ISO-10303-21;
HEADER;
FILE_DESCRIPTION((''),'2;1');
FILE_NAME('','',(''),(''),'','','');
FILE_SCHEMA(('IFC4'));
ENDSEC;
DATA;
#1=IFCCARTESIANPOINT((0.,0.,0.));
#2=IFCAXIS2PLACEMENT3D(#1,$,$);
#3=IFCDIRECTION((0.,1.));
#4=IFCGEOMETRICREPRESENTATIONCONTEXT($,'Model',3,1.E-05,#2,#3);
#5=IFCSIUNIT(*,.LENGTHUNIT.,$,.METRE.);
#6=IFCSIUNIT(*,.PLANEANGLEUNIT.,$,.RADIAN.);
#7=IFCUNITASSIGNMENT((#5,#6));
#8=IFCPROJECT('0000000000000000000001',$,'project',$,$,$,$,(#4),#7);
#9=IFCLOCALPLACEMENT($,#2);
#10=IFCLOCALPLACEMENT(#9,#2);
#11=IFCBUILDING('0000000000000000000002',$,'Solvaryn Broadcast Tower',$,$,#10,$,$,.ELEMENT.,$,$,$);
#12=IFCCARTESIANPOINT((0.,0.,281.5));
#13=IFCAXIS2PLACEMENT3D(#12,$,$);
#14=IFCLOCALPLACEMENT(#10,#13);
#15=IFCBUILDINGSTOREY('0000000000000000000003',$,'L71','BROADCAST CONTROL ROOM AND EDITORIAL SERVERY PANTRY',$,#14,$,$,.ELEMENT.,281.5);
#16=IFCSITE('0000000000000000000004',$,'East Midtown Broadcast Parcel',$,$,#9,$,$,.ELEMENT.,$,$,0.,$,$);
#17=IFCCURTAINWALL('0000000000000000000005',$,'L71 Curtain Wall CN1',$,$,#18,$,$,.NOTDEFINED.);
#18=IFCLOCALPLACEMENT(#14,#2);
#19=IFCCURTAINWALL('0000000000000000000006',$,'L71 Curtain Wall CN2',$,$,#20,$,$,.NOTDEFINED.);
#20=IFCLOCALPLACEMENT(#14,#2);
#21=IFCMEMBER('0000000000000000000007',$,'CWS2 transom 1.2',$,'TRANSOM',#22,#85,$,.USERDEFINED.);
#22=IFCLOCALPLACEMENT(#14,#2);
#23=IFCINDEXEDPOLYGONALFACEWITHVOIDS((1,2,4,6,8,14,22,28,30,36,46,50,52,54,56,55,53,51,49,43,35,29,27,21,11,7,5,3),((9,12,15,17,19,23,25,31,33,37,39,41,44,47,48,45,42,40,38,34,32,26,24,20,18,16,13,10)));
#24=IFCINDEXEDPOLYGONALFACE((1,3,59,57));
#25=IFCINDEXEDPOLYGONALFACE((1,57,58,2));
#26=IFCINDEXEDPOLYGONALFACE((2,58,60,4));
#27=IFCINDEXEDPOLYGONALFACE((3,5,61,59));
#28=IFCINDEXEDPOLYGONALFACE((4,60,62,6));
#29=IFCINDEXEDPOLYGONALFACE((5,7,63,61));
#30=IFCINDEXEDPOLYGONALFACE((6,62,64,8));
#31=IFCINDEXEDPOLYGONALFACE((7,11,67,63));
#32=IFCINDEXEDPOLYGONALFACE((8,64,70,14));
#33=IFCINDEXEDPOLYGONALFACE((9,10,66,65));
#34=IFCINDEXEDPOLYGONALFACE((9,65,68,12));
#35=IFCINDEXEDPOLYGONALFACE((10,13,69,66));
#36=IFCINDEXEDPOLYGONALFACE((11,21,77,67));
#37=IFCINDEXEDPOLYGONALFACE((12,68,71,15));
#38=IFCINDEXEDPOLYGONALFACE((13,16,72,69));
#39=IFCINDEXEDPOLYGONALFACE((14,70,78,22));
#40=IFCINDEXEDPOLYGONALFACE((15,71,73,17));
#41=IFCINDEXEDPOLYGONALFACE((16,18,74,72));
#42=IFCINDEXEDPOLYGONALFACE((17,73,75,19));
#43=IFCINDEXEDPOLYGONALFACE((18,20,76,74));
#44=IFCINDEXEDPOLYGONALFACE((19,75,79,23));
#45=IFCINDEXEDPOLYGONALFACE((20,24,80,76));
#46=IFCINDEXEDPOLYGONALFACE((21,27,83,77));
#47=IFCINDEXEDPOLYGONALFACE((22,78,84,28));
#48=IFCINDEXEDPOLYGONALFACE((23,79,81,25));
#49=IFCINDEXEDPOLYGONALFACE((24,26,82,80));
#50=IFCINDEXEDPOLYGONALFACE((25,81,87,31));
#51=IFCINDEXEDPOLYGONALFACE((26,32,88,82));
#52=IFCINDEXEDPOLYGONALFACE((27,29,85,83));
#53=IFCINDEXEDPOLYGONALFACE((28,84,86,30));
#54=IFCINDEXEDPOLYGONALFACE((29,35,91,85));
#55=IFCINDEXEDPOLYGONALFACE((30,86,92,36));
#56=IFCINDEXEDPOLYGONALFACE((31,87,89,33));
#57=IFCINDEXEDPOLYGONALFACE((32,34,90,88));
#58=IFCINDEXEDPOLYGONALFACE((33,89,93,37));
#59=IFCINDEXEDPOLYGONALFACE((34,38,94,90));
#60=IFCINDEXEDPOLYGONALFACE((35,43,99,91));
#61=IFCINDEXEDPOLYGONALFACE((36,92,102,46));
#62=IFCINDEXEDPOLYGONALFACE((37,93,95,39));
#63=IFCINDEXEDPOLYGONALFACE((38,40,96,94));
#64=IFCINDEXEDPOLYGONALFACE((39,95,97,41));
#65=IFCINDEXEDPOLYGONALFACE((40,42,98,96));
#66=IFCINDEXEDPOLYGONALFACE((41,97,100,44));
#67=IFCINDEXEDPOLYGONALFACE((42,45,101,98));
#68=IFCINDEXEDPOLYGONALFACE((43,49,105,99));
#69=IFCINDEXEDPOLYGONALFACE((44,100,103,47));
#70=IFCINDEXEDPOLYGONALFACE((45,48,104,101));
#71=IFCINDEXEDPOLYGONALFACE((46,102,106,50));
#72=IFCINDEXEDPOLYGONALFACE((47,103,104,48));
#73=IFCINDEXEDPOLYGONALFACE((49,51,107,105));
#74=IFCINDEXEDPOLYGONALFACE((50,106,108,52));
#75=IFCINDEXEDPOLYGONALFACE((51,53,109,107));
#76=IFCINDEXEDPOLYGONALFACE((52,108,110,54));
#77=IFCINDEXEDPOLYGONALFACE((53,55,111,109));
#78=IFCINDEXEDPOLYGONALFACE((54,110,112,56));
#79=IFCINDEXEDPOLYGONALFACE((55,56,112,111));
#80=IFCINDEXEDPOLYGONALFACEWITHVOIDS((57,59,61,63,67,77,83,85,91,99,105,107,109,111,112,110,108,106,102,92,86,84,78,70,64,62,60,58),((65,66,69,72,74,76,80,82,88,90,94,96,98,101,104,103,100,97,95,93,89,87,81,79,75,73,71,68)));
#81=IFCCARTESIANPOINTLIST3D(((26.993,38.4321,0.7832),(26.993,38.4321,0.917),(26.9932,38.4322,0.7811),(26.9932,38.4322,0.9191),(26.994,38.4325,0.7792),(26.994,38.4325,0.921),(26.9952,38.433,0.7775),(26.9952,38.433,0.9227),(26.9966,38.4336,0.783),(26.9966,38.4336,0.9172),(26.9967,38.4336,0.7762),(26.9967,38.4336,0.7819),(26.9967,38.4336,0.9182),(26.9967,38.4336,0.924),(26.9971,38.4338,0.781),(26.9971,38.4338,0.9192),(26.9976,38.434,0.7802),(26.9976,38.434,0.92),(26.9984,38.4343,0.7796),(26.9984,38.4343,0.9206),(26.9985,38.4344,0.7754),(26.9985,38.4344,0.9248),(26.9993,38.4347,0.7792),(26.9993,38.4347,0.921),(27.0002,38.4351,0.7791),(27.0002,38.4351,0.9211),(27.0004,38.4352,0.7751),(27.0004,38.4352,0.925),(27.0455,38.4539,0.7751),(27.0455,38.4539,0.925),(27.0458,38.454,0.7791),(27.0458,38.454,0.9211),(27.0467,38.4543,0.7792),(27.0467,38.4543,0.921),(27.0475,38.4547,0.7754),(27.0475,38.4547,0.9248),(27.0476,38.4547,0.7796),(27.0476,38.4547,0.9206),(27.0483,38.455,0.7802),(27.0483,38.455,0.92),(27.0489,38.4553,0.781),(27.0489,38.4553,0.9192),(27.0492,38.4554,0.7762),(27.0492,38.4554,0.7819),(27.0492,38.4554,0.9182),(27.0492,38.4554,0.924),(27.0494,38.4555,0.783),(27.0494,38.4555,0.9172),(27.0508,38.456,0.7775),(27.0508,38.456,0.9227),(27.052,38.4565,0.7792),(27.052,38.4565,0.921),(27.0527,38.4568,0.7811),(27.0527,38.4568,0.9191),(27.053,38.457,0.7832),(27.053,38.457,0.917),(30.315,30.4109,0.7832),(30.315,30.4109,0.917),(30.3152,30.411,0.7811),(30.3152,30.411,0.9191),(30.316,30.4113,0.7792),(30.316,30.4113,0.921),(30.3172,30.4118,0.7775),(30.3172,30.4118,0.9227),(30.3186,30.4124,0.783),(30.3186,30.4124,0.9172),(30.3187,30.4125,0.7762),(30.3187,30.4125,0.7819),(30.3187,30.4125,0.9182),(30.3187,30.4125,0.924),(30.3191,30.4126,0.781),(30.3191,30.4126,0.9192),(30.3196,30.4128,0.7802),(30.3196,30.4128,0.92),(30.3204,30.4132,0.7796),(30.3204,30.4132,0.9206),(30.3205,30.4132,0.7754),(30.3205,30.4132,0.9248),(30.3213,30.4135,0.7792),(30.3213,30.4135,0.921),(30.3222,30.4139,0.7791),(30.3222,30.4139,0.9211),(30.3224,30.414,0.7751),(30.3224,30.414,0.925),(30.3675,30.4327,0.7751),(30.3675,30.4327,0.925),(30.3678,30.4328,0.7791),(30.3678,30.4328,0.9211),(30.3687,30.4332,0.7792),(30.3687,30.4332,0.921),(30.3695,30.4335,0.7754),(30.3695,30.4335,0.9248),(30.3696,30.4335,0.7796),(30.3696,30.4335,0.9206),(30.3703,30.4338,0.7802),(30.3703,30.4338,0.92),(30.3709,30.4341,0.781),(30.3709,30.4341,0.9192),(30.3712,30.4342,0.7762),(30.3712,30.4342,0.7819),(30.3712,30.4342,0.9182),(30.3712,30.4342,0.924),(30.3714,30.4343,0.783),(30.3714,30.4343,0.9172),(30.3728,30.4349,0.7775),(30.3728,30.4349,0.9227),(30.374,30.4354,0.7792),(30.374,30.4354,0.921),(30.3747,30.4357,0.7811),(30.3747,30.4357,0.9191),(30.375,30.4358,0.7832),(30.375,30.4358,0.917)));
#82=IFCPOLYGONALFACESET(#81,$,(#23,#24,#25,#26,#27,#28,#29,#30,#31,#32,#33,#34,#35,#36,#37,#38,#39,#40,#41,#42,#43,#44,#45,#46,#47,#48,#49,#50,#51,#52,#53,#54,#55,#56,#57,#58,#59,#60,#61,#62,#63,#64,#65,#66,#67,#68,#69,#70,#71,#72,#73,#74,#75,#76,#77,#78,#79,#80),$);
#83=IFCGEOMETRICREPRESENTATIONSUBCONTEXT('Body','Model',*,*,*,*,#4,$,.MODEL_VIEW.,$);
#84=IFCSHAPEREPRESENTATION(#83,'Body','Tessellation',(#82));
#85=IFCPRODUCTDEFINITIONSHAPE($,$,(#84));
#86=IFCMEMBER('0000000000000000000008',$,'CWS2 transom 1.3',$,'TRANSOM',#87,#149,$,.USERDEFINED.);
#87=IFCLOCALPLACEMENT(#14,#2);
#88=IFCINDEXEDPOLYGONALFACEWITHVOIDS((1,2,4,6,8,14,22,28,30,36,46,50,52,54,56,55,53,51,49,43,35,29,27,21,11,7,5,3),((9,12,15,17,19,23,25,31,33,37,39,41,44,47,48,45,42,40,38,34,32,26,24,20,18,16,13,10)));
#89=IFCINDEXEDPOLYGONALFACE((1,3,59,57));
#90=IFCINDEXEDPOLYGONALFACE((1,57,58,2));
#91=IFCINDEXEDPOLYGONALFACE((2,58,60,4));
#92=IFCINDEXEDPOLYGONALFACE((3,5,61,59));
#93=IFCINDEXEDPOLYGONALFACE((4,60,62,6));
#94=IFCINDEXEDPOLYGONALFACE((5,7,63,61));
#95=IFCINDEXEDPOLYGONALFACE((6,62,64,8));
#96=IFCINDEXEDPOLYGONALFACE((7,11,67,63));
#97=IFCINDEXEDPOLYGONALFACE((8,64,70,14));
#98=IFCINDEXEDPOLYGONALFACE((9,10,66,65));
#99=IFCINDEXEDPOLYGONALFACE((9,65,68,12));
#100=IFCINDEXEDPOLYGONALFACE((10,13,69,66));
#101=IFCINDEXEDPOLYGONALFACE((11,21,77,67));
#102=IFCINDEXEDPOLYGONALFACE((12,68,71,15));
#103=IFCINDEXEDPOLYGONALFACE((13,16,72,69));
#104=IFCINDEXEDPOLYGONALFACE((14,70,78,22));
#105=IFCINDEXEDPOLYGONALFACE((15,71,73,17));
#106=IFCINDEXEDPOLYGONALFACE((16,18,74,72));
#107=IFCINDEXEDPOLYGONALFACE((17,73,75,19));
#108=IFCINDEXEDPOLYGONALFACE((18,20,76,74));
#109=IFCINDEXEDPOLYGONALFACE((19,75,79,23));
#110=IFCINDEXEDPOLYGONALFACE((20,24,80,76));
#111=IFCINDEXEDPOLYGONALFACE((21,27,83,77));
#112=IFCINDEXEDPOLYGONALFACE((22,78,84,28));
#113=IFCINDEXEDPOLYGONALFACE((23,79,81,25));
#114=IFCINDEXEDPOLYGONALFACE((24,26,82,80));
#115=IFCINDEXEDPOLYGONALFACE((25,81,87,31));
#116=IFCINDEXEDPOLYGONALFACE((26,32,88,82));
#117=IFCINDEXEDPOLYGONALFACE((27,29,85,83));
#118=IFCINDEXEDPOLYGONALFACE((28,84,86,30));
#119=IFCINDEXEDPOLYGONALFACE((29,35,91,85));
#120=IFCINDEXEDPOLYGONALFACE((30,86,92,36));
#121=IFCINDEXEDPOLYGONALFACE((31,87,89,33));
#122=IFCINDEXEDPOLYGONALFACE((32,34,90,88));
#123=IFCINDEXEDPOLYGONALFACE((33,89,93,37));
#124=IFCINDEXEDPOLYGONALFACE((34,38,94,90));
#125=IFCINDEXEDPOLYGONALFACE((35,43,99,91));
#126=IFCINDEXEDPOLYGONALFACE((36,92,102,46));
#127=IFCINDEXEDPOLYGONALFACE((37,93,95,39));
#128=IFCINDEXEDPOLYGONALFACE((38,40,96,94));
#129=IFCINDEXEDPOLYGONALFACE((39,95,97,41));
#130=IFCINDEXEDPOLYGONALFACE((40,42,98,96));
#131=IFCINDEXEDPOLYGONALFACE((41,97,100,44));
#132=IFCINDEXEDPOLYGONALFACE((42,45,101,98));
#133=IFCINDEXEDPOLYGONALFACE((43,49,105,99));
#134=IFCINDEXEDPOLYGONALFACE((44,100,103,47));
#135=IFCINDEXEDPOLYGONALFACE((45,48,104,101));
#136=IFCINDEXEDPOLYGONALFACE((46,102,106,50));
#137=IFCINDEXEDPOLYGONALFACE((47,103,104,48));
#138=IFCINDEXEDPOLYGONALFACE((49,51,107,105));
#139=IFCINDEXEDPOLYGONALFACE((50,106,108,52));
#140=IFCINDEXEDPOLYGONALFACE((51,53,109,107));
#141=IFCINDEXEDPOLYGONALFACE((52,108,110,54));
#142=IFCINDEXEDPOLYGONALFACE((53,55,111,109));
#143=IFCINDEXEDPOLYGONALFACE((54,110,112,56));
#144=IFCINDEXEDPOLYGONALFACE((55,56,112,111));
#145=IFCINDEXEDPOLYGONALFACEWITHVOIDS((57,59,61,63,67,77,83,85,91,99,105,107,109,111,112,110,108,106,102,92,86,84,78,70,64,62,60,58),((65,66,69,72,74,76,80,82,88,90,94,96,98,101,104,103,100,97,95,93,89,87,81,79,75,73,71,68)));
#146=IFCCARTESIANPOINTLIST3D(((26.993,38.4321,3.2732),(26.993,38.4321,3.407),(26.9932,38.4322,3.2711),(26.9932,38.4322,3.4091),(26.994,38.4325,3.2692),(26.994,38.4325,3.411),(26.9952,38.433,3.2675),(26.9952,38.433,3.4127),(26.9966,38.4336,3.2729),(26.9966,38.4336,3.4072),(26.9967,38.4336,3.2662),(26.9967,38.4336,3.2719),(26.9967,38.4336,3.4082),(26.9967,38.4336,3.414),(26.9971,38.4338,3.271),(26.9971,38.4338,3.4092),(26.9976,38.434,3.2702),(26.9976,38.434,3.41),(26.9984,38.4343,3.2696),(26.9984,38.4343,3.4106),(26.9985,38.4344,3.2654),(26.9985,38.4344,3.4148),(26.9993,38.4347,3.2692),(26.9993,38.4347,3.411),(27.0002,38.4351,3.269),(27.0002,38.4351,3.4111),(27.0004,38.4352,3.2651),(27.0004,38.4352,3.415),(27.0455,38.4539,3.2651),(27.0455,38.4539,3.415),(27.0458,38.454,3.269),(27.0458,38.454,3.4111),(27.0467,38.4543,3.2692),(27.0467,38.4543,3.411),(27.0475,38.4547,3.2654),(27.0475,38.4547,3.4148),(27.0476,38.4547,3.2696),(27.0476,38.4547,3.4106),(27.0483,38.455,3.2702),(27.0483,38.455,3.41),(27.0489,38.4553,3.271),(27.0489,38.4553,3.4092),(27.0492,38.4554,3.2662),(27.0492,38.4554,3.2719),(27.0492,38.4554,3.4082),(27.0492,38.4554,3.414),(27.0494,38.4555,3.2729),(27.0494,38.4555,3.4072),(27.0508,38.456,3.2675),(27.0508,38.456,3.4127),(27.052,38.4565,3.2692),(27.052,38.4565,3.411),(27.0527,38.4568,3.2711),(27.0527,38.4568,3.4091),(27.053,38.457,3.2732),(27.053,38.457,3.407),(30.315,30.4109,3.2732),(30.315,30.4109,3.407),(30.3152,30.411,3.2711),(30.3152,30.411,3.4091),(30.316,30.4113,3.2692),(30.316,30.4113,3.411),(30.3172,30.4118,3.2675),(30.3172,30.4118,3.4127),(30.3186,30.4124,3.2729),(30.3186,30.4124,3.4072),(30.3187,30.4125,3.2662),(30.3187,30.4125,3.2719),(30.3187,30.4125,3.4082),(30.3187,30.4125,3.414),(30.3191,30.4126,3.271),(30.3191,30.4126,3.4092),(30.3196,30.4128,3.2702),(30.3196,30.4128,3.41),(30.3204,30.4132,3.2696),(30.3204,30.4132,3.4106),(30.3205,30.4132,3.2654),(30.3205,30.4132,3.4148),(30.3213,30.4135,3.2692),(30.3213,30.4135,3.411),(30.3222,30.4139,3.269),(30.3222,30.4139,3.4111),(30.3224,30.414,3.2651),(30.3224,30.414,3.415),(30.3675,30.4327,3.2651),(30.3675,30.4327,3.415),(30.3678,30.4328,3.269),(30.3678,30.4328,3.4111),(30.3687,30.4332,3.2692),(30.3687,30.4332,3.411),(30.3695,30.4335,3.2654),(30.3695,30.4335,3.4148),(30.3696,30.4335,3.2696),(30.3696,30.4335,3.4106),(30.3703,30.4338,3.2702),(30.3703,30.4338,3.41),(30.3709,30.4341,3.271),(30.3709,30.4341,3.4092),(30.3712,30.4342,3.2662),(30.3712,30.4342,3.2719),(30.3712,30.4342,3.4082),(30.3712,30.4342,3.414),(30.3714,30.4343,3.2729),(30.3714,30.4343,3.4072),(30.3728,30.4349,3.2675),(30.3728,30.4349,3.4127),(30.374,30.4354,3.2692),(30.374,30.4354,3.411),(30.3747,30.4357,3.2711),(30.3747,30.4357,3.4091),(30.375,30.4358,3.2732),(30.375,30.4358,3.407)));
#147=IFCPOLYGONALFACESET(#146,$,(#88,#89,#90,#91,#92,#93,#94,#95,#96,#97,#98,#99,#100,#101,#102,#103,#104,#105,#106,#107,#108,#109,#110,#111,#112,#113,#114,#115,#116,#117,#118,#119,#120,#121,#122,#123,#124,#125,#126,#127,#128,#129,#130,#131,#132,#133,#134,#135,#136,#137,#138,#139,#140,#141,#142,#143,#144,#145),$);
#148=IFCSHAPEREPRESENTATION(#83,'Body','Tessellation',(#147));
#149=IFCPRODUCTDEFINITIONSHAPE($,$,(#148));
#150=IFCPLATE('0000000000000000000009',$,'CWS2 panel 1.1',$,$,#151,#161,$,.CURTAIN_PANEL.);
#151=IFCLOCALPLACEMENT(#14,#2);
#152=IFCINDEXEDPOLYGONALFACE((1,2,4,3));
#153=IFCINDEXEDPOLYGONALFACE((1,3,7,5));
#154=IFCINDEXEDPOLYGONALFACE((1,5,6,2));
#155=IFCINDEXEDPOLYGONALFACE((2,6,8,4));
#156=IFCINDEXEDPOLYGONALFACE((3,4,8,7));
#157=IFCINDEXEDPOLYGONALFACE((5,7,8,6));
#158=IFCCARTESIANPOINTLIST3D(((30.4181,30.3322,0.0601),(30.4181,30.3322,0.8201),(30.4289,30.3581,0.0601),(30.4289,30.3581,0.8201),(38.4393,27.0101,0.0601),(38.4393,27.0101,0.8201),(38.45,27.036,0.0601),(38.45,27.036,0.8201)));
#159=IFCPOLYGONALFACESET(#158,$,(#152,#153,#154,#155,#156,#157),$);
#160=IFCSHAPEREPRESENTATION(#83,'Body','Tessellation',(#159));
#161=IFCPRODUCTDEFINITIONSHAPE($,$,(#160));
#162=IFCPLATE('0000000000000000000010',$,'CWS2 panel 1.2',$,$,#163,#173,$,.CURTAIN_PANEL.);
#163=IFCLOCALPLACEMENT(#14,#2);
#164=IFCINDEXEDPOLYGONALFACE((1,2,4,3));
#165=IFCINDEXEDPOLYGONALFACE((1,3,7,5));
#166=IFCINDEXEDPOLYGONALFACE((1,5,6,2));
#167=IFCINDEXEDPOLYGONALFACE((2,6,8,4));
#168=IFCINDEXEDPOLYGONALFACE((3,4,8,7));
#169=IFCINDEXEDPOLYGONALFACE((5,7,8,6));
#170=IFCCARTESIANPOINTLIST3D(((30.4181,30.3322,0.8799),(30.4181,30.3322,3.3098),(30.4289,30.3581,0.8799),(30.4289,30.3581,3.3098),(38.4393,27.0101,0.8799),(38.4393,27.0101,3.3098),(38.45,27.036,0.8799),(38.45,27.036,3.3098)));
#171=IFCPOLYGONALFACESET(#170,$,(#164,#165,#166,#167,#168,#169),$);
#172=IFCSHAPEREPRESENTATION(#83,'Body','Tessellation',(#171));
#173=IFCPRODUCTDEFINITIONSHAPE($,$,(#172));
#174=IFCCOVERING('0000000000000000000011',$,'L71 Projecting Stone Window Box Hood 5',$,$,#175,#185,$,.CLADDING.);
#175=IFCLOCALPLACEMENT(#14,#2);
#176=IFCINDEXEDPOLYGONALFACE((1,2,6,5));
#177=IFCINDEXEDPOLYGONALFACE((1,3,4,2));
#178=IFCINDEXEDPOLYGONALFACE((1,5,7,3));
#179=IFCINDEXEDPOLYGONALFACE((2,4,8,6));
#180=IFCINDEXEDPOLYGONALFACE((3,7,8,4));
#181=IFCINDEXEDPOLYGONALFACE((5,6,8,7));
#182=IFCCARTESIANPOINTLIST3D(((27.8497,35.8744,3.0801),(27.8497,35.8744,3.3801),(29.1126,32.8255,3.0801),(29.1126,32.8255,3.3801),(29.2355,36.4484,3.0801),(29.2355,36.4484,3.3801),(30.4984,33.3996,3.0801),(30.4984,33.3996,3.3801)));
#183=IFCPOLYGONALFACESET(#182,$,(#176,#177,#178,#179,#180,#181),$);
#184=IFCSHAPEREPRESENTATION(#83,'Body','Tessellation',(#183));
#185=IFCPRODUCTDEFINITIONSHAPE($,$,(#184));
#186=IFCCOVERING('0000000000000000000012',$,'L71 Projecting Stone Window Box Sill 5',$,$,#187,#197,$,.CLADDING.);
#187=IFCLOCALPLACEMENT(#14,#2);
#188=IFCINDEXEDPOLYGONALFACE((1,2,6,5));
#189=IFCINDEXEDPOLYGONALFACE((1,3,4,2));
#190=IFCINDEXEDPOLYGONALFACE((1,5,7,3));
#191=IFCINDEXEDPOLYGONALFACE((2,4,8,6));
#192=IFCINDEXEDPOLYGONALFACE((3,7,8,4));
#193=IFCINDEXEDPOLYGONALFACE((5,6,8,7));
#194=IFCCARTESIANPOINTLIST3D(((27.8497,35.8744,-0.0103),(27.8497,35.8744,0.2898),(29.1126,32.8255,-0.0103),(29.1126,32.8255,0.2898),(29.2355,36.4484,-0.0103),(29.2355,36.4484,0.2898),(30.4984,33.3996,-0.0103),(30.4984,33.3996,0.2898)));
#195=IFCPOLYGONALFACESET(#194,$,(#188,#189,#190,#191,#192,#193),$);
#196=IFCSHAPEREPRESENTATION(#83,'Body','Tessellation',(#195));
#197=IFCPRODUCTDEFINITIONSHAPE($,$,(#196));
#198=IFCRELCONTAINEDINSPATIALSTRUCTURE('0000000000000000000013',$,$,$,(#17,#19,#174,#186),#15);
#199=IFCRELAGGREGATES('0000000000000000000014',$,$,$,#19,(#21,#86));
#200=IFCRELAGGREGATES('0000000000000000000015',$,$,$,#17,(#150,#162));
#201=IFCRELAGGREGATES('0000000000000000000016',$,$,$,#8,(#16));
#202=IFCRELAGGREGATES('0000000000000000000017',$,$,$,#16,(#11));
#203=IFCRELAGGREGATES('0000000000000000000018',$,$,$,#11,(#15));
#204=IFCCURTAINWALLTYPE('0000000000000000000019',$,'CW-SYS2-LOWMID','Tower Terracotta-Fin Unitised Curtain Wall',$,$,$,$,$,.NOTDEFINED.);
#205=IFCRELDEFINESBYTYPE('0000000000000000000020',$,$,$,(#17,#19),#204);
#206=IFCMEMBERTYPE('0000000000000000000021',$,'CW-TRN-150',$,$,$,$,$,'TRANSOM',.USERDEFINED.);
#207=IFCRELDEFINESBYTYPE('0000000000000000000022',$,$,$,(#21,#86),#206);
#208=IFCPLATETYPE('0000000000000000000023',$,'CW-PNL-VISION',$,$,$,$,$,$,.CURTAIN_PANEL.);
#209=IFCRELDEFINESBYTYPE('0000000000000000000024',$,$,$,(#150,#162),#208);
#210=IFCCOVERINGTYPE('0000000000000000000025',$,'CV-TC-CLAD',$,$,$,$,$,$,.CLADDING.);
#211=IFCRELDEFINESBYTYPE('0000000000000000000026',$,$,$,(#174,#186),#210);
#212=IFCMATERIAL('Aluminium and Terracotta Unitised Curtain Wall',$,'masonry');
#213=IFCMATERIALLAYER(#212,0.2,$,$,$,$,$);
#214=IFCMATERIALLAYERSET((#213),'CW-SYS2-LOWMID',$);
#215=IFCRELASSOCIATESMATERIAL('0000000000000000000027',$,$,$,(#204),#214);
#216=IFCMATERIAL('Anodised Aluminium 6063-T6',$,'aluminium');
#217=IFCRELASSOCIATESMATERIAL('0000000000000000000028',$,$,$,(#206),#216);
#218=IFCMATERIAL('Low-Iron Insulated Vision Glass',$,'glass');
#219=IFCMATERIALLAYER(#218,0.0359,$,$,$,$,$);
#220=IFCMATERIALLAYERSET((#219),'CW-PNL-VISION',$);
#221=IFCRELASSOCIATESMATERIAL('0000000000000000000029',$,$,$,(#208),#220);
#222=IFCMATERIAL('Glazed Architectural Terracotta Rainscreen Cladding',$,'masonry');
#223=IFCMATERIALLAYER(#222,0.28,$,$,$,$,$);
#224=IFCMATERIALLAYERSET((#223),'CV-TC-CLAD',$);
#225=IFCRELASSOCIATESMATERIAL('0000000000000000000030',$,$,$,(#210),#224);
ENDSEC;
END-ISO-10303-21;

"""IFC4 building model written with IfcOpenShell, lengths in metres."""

from ifc_helpers import new_model, si_unit, direction, frame, origin, origin_2d, place, context, subcontext, project, spatial, rectangle, hollow_rectangle, extrude, material, layer, layer_set, material_profile, profile_set, type_object, element, aggregate, save


model = new_model("IFC4")

# Units and contexts
model_context = context("Model", 3, precision=1e-05, world=origin(), true_north=direction((0.0, 1.0)))
body_context = subcontext(model_context, "Body", "Model", "MODEL_VIEW")
ifc_project = project(units=[si_unit("LENGTHUNIT", "METRE"), si_unit("PLANEANGLEUNIT", "RADIAN")], contexts=[model_context])

# Site, building, storey
site_placement = place(None, origin())
site = spatial("IfcSite", under=ifc_project, at=site_placement, Name="East Midtown Broadcast Parcel", CompositionType="ELEMENT", RefElevation=0.0)
building_placement = place(site_placement, origin())
building = spatial("IfcBuilding", under=site, at=building_placement, Name="Solvaryn Broadcast Tower", CompositionType="ELEMENT")
storey_placement = place(building_placement, frame((0.0, 0.0, 281.5)))
storey = spatial("IfcBuildingStorey", under=building, at=storey_placement, Name="L71", Description="BROADCAST CONTROL ROOM AND EDITORIAL SERVERY PANTRY", CompositionType="ELEMENT", Elevation=281.5)

# Curtain wall
ifc_material_1 = material(Name="Aluminium and Terracotta Unitised Curtain Wall", Category="masonry")
ifc_layer_1 = layer(ifc_material_1, 0.2)
ifc_layer_set_1 = layer_set([ifc_layer_1], Name="CW-SYS2-LOWMID")
curtain_wall_type = type_object("IfcCurtainWallType", Name="CW-SYS2-LOWMID", Description="Tower Terracotta-Fin Unitised Curtain Wall", PredefinedType="NOTDEFINED", material=ifc_layer_set_1)
curtain_wall_1_placement = place(storey_placement, origin())
curtain_wall_1 = element("IfcCurtainWall", 1, at=curtain_wall_1_placement, inside=storey, type_object=curtain_wall_type, Name="L71 Curtain Wall CN1", PredefinedType="NOTDEFINED")

# Curtain wall
curtain_wall_2_placement = place(storey_placement, origin())
curtain_wall_2 = element("IfcCurtainWall", 2, at=curtain_wall_2_placement, inside=storey, type_object=curtain_wall_type, Name="L71 Curtain Wall CN2", PredefinedType="NOTDEFINED")

# Members
ifc_material_2 = material(Name="Anodised Aluminium 6063-T6", Category="aluminium")
ifc_material_profile_1 = material_profile(ifc_material_2, hollow_rectangle(XDim=0.0649, YDim=0.1499, WallThickness=0.0039, InnerFilletRadius=0.0039, OuterFilletRadius=0.0081, at=origin_2d()))
ifc_profile_set_1 = profile_set([ifc_material_profile_1], Name="Anodised Aluminium 6063-T6")
member_type_1 = type_object("IfcMemberType", Name="CW-TRN-150", ElementType="TRANSOM", PredefinedType="USERDEFINED", material=ifc_profile_set_1)
member_1_placement = place(storey_placement, frame((30.345, 30.4233, 0.8501), z_axis=(-0.382636, 0.923899, 0.0), x_axis=(-0.923899, -0.382636, 0.0)))
member_1 = element("IfcMember", 3, at=member_1_placement, type_object=member_type_1, Name="CWS2 transom 1.2", ObjectType="TRANSOM", PredefinedType="USERDEFINED", context=body_context, shape_type="SweptSolid", body=[
    extrude(hollow_rectangle(XDim=0.0649, YDim=0.1499, WallThickness=0.0039, InnerFilletRadius=0.0039, OuterFilletRadius=0.0081, at=origin_2d()), origin(), (0.0, 0.0, 1.0), 8.6819),
])
member_2_placement = place(storey_placement, frame((30.345, 30.4233, 3.3401), z_axis=(-0.382636, 0.923899, 0.0), x_axis=(-0.923899, -0.382636, 0.0)))
member_2 = element("IfcMember", 4, at=member_2_placement, type_object=member_type_1, Name="CWS2 transom 1.3", ObjectType="TRANSOM", PredefinedType="USERDEFINED", context=body_context, shape_type="SweptSolid", body=[
    extrude(hollow_rectangle(XDim=0.0649, YDim=0.1499, WallThickness=0.0039, InnerFilletRadius=0.0039, OuterFilletRadius=0.0081, at=origin_2d()), origin(), (0.0, 0.0, 1.0), 8.6819),
])
aggregate(curtain_wall_2, [member_1, member_2])

# Plates
ifc_material_3 = material(Name="Low-Iron Insulated Vision Glass", Category="glass")
ifc_layer_2 = layer(ifc_material_3, 0.0359)
ifc_layer_set_2 = layer_set([ifc_layer_2], Name="CW-PNL-VISION")
plate_type = type_object("IfcPlateType", Name="CW-PNL-VISION", PredefinedType="CURTAIN_PANEL", material=ifc_layer_set_2)
plate_1_placement = place(storey_placement, frame((34.4341, 28.6841, 0.0601), z_axis=(0.0, 0.0, 1.0), x_axis=(-0.923895, 0.382646, 0.0)))
plate_1 = element("IfcPlate", 5, at=plate_1_placement, type_object=plate_type, Name="CWS2 panel 1.1", PredefinedType="CURTAIN_PANEL", context=body_context, shape_type="SweptSolid", body=[
    extrude(rectangle(XDim=8.6819, YDim=0.0281, at=origin_2d()), origin(), (0.0, 0.0, 1.0), 0.76),
])
plate_2_placement = place(storey_placement, frame((34.4341, 28.6841, 0.8799), z_axis=(0.0, 0.0, 1.0), x_axis=(-0.923895, 0.382646, 0.0)))
plate_2 = element("IfcPlate", 6, at=plate_2_placement, type_object=plate_type, Name="CWS2 panel 1.2", PredefinedType="CURTAIN_PANEL", context=body_context, shape_type="SweptSolid", body=[
    extrude(rectangle(XDim=8.6819, YDim=0.0281, at=origin_2d()), origin(), (0.0, 0.0, 1.0), 2.4299),
])
aggregate(curtain_wall_1, [plate_1, plate_2])

# Coverings
ifc_material_4 = material(Name="Glazed Architectural Terracotta Rainscreen Cladding", Category="masonry")
ifc_layer_3 = layer(ifc_material_4, 0.28)
ifc_layer_set_3 = layer_set([ifc_layer_3], Name="CV-TC-CLAD")
covering_type_1 = type_object("IfcCoveringType", Name="CV-TC-CLAD", PredefinedType="CLADDING", material=ifc_layer_set_3)
for number, where, z_axis, x_axis, name in (
    (7, (29.1741, 34.637, 3.0801), (0.0, 0.0, 1.0), (-0.382683, 0.92388, 0.0), "L71 Projecting Stone Window Box Hood 5"),
    (8, (29.1741, 34.637, -0.0103), (0.0, 0.0, 1.0), (-0.382683, 0.92388, 0.0), "L71 Projecting Stone Window Box Sill 5"),
):
    element("IfcCovering", number, at=place(storey_placement, frame(where, z_axis=z_axis, x_axis=x_axis)), inside=storey, type_object=covering_type_1, Name=name, PredefinedType="CLADDING", context=body_context, shape_type="SweptSolid", body=[
        extrude(rectangle(XDim=3.3, YDim=1.5, at=origin_2d()), origin(), (0.0, 0.0, 1.0), 0.3),
    ])

save(model, "model.ifc")
